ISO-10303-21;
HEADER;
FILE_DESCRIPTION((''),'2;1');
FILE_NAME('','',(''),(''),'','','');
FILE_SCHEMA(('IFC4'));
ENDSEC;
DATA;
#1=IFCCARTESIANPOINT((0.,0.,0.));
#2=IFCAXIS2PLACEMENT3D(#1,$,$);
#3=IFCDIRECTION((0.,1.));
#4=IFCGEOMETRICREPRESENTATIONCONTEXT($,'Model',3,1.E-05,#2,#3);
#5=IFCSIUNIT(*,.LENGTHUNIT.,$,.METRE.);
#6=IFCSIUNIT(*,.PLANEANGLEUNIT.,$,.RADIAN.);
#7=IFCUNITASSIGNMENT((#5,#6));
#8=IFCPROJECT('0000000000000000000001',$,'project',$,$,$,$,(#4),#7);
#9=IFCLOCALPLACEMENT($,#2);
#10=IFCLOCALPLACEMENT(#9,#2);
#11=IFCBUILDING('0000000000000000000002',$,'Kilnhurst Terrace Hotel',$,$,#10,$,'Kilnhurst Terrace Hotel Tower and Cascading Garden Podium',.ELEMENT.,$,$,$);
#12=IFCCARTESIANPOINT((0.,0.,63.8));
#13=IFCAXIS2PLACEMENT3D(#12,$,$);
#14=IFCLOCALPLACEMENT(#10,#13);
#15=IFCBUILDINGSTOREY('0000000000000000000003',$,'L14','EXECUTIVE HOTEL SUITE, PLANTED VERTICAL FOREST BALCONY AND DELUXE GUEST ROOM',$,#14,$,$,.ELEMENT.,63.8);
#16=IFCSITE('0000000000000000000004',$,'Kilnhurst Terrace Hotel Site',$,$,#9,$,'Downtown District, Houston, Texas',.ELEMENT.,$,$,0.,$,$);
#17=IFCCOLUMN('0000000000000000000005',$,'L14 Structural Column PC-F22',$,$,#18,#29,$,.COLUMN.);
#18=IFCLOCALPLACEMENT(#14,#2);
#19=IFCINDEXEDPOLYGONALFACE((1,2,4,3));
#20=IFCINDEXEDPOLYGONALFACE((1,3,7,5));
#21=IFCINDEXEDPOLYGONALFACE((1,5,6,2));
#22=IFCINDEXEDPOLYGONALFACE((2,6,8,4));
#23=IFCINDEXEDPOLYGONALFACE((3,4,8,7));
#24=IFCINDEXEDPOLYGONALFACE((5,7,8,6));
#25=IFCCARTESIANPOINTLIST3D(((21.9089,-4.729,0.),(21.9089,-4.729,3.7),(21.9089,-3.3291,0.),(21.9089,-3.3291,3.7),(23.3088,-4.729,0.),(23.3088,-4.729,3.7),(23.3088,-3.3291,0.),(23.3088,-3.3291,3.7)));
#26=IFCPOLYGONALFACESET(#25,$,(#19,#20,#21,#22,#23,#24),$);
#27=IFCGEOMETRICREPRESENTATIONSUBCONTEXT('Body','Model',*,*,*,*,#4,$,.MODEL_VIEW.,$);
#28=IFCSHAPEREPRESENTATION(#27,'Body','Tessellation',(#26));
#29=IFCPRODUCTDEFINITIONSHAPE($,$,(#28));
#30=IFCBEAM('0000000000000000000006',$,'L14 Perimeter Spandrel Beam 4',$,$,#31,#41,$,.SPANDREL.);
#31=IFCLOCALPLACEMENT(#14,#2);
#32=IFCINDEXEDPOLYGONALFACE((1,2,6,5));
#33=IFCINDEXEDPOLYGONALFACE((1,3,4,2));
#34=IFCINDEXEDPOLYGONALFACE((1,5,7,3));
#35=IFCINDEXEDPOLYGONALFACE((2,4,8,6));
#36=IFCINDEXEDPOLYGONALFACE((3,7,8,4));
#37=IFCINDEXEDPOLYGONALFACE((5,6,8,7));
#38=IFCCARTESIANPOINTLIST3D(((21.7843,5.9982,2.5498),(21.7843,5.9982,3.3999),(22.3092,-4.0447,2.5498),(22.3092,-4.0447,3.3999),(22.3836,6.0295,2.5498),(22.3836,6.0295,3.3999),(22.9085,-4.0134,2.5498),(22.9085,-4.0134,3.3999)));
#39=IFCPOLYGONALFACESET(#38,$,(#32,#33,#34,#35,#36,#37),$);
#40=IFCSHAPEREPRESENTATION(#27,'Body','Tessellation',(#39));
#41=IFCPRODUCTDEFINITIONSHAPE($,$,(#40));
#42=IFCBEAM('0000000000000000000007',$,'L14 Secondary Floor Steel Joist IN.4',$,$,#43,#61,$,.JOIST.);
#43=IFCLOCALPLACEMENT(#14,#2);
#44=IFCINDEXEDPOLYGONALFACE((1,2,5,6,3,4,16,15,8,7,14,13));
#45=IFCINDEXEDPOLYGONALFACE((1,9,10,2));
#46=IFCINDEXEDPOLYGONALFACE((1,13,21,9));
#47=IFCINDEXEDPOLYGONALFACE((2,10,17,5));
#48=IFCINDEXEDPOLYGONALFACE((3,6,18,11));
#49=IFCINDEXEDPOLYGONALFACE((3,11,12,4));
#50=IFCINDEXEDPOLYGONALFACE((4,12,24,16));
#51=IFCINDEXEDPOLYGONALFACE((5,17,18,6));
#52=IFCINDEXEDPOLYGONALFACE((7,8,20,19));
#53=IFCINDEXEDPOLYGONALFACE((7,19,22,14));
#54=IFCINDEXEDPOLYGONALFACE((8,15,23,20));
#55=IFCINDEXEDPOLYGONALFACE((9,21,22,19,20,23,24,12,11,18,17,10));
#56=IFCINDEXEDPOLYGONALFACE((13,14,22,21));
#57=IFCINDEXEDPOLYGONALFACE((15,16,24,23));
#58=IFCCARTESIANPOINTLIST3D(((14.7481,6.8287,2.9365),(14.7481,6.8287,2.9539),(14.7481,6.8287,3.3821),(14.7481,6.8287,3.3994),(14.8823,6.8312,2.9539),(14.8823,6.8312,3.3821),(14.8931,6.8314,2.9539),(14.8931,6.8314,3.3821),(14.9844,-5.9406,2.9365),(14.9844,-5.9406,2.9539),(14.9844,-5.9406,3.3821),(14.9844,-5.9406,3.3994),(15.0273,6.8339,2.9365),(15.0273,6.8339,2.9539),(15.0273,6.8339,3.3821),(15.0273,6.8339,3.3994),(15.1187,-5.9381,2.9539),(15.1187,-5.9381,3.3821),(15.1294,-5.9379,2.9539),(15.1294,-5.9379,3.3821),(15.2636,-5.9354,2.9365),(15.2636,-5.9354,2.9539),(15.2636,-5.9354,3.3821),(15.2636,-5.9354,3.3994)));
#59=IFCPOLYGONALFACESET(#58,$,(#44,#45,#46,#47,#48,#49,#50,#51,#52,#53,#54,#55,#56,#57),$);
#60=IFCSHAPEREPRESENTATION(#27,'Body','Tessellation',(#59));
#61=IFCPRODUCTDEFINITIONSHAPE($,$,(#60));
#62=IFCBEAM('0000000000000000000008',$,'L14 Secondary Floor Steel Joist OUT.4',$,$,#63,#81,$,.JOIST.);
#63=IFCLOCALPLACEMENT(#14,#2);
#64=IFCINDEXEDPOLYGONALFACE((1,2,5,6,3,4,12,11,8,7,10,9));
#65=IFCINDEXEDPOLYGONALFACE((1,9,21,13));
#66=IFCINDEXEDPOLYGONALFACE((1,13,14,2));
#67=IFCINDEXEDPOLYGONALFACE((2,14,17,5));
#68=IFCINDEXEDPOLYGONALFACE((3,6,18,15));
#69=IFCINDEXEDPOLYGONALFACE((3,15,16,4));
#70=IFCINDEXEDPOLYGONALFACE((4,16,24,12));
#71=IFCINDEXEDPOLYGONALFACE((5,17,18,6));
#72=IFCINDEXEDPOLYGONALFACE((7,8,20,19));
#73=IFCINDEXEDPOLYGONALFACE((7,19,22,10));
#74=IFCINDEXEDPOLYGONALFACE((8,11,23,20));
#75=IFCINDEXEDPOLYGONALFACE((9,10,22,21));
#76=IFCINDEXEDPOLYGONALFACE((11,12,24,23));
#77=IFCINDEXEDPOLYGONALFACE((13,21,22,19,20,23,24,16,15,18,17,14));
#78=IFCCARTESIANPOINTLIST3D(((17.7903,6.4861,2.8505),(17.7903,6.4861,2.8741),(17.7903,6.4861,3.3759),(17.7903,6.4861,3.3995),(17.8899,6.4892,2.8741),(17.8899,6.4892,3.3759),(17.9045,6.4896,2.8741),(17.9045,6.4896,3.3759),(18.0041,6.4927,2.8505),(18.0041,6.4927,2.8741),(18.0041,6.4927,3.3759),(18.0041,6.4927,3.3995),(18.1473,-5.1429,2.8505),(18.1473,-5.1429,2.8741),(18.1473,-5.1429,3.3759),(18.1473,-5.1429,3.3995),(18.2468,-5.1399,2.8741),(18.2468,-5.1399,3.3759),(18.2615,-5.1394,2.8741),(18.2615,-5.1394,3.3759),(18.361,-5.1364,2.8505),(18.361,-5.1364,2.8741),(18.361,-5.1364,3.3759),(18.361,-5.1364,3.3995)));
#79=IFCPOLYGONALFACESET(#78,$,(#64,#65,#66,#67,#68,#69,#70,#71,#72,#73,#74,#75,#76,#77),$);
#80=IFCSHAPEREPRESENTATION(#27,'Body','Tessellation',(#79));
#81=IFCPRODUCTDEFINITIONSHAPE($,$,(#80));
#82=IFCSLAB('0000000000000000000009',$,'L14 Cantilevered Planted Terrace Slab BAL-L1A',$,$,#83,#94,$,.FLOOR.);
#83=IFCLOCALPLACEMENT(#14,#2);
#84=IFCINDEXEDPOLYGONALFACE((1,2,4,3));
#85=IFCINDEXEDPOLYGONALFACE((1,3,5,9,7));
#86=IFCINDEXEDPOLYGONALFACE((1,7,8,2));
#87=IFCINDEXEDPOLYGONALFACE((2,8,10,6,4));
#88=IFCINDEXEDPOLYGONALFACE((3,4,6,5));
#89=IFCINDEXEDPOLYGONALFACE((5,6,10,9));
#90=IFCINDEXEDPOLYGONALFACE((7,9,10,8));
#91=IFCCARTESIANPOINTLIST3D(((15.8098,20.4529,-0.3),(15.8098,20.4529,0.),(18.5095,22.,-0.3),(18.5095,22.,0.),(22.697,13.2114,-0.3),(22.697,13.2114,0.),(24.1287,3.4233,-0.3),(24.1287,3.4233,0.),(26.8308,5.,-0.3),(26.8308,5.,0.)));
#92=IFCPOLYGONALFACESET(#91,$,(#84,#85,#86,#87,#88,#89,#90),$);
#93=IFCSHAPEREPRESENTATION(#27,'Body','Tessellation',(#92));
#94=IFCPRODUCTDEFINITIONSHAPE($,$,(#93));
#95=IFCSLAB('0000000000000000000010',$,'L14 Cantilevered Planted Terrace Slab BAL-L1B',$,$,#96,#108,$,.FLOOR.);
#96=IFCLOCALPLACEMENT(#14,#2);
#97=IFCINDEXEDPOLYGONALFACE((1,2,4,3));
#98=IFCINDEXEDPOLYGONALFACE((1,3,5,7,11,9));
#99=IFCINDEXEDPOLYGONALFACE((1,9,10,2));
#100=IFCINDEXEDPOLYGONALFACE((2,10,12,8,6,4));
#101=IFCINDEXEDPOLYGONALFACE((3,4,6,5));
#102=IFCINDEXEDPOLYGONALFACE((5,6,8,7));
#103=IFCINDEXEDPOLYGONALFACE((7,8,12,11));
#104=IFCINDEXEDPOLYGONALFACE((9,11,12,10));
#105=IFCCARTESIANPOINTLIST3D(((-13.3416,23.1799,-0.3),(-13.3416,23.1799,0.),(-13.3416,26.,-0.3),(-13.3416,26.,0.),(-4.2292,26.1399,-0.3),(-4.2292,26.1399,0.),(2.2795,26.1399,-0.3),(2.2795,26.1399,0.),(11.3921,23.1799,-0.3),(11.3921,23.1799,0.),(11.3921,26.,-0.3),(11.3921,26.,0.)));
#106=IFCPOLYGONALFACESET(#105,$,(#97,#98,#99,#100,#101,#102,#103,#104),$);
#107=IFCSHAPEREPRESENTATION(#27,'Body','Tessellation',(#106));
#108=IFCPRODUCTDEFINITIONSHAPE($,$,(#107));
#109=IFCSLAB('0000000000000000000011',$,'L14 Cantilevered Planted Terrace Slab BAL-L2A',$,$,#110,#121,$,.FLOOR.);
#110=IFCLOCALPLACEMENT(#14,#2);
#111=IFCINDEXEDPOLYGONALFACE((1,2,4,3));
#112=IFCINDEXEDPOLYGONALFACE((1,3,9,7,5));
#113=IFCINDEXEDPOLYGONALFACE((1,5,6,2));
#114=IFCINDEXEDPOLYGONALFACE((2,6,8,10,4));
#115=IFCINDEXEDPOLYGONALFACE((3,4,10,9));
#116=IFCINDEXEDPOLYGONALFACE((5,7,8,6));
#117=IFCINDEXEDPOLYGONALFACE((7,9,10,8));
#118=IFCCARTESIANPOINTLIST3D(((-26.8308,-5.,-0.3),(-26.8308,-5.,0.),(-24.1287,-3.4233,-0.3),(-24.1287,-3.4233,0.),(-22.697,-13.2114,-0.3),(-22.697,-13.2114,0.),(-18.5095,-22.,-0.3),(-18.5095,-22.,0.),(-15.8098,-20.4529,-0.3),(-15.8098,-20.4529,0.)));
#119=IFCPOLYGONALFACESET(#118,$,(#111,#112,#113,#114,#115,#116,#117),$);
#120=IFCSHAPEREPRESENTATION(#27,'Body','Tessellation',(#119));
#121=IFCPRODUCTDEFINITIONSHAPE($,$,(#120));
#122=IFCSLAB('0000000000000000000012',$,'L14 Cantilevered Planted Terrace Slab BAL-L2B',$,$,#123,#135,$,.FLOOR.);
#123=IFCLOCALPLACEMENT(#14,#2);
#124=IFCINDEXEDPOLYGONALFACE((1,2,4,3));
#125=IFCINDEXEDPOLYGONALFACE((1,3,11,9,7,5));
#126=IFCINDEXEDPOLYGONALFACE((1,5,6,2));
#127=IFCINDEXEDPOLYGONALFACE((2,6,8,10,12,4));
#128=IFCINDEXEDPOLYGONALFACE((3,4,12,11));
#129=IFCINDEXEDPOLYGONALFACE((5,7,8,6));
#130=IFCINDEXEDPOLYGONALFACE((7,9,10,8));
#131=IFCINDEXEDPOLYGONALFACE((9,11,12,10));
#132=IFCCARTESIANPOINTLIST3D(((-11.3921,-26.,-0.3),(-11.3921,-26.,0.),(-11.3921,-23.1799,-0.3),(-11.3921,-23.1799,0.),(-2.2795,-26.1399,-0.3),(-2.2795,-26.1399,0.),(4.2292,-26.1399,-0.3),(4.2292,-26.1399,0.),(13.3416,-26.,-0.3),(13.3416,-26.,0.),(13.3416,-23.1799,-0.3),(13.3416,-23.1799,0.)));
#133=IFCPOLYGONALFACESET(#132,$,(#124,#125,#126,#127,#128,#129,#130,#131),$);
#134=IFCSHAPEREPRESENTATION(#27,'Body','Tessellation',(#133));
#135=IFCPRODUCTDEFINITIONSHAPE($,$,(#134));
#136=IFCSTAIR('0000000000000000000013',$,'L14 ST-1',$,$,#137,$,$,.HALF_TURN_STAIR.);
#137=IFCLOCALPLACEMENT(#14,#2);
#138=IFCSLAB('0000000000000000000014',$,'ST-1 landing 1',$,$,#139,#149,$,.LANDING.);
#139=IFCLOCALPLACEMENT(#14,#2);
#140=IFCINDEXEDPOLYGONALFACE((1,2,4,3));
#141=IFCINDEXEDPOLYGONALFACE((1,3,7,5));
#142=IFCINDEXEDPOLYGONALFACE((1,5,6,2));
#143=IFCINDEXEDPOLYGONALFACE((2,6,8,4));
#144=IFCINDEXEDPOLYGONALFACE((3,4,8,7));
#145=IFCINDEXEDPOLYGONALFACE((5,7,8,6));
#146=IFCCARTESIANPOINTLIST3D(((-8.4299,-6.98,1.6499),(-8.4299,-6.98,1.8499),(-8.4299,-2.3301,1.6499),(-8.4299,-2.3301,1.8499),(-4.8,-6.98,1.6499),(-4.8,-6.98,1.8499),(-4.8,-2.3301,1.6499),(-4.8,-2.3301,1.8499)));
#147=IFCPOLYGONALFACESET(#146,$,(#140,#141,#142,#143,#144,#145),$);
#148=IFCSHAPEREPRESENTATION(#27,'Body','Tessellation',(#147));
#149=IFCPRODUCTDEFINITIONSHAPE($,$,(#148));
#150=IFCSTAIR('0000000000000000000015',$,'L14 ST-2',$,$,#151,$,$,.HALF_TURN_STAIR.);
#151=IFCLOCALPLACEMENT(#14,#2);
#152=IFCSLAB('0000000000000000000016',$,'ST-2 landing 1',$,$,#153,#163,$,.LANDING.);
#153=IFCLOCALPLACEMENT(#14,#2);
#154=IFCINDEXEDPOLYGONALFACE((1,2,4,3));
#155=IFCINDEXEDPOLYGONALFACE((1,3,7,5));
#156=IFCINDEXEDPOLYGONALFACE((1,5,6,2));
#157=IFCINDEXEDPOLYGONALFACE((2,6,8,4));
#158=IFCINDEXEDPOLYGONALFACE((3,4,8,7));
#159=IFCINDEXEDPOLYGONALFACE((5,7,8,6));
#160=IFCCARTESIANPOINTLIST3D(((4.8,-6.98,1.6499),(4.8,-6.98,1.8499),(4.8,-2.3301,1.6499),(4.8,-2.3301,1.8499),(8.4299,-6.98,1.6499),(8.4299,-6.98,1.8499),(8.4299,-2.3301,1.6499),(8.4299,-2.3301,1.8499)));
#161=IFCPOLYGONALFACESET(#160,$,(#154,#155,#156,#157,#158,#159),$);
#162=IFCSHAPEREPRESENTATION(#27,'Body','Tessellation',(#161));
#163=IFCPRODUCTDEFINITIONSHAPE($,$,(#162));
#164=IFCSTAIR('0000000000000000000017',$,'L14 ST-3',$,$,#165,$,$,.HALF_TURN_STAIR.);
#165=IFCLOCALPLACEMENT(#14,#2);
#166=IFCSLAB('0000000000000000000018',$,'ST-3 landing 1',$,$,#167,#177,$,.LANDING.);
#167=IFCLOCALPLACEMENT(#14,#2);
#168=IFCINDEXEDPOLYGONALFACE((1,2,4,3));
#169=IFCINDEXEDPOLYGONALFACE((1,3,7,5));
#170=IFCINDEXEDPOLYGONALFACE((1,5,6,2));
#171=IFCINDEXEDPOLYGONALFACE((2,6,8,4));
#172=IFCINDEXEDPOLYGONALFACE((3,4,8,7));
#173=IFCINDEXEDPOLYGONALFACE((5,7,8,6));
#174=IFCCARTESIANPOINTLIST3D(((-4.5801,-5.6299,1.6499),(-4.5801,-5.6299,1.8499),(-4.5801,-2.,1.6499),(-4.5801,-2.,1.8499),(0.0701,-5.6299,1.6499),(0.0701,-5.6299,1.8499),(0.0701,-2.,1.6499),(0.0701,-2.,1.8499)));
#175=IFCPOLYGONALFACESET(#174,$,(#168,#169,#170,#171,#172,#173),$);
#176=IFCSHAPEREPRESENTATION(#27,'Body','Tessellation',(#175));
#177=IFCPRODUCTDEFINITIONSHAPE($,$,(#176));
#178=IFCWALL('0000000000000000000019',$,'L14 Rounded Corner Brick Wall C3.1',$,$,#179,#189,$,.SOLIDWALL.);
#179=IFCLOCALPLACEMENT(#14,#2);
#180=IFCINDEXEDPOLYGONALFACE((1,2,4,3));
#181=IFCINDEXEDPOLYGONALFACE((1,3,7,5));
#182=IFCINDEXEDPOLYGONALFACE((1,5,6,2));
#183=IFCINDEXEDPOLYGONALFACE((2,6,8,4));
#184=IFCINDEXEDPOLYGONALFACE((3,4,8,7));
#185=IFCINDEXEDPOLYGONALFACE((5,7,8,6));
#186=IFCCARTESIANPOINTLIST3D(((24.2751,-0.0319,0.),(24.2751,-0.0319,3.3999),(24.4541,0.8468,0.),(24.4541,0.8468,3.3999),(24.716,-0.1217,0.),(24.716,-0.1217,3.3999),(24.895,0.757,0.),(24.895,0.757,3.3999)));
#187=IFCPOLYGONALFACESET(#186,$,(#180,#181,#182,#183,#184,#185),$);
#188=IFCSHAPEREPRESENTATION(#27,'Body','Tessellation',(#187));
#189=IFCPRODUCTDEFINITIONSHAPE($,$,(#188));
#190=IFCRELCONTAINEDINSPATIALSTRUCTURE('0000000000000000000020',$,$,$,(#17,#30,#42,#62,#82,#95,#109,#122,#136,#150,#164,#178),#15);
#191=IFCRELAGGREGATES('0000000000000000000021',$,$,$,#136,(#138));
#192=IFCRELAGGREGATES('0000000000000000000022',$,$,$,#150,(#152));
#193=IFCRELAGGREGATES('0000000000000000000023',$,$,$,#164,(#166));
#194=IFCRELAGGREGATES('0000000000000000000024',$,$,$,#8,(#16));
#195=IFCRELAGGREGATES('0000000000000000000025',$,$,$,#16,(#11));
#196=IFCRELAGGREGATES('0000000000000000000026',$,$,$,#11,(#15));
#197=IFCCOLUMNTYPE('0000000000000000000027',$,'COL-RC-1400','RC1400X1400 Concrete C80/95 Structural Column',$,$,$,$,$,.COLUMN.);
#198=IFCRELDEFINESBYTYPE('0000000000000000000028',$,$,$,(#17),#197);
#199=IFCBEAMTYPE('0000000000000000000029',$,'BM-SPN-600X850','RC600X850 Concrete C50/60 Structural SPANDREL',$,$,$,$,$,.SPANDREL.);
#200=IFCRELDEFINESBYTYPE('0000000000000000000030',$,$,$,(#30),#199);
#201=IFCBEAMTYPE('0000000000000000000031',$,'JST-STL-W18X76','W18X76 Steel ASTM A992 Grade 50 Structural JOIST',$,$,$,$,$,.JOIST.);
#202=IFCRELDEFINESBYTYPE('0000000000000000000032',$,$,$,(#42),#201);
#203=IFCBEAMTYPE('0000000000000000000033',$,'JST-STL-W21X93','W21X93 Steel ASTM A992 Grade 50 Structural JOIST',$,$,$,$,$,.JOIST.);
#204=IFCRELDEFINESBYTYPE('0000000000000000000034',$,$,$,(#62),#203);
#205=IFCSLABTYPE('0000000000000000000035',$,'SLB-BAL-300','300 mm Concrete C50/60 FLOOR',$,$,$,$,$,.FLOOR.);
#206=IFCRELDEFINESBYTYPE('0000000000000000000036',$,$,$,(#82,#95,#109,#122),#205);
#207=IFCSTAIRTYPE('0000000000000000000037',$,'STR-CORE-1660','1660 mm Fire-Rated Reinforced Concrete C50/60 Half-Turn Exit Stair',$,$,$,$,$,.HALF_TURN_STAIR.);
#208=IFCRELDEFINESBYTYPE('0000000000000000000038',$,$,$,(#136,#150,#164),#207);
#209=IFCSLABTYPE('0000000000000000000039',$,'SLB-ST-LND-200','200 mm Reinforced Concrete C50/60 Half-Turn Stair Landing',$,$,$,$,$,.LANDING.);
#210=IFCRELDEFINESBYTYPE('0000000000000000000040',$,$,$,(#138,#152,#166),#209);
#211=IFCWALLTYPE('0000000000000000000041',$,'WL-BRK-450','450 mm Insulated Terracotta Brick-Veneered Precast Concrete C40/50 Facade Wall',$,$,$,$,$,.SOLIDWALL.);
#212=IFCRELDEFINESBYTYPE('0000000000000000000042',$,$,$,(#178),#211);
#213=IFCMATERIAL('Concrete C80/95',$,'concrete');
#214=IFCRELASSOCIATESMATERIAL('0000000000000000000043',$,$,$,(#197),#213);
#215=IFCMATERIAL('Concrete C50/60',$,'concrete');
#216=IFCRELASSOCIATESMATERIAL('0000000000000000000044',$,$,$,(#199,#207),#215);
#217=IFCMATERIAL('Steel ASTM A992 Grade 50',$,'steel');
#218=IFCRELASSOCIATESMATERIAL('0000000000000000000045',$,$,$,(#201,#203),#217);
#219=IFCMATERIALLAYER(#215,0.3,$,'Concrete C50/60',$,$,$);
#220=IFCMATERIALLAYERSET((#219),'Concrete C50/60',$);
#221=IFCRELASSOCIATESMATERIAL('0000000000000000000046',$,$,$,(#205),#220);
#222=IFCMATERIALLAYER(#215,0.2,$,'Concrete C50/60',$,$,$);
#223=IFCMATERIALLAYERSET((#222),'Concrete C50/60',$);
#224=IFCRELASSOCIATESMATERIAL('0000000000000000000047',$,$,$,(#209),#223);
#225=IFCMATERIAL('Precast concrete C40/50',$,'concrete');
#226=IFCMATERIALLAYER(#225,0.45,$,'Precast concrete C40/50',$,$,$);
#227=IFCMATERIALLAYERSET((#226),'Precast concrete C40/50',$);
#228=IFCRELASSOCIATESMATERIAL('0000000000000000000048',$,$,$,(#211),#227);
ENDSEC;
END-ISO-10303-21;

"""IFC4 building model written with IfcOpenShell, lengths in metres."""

from ifc_helpers import new_model, si_unit, direction, frame, frame_2d, origin, origin_2d, place, context, subcontext, project, spatial, polyline, rectangle, i_section, outline, extrude, material, layer, layer_set, material_profile, profile_set, type_object, element, aggregate, save


model = new_model("IFC4")

# Units and contexts
model_context = context("Model", 3, precision=1e-05, world=origin(), true_north=direction((0.0, 1.0)))
body_context = subcontext(model_context, "Body", "Model", "MODEL_VIEW")
ifc_project = project(units=[si_unit("LENGTHUNIT", "METRE"), si_unit("PLANEANGLEUNIT", "RADIAN")], contexts=[model_context])

# Site, building, storey
site_placement = place(None, origin())
site = spatial("IfcSite", under=ifc_project, at=site_placement, Name="Kilnhurst Terrace Hotel Site", LongName="Downtown District, Houston, Texas", CompositionType="ELEMENT", RefElevation=0.0)
building_placement = place(site_placement, origin())
building = spatial("IfcBuilding", under=site, at=building_placement, Name="Kilnhurst Terrace Hotel", LongName="Kilnhurst Terrace Hotel Tower and Cascading Garden Podium", CompositionType="ELEMENT")
storey_placement = place(building_placement, frame((0.0, 0.0, 63.8)))
storey = spatial("IfcBuildingStorey", under=building, at=storey_placement, Name="L14", Description="EXECUTIVE HOTEL SUITE, PLANTED VERTICAL FOREST BALCONY AND DELUXE GUEST ROOM", CompositionType="ELEMENT", Elevation=63.8)

# Column
ifc_material_1 = material(Name="Concrete C80/95", Category="concrete")
ifc_material_profile_1 = material_profile(ifc_material_1, rectangle(XDim=1.3999, YDim=1.3999, at=origin_2d()), Name="RC1400X1400")
ifc_profile_set_1 = profile_set([ifc_material_profile_1], Name="Concrete C80/95")
column_type = type_object("IfcColumnType", Name="COL-RC-1400", Description="RC1400X1400 Concrete C80/95 Structural Column", PredefinedType="COLUMN", material=ifc_profile_set_1)
column_placement = place(storey_placement, frame((22.6089, -4.0291, 0.0), z_axis=(0.0, 0.0, 1.0), x_axis=(1.0, 0.0, 0.0)))
element("IfcColumn", 1, at=column_placement, inside=storey, type_object=column_type, Name="L14 Structural Column PC-F22", PredefinedType="COLUMN", context=body_context, shape_type="SweptSolid", body=[
    extrude(rectangle(XDim=1.3999, YDim=1.3999, at=origin_2d()), origin(), (0.0, 0.0, 1.0), 3.7),
])

# Beams
ifc_material_2 = material(Name="Concrete C50/60", Category="concrete")
ifc_material_profile_2 = material_profile(ifc_material_2, rectangle(XDim=0.6001, YDim=0.8501, at=origin_2d()), Name="RC600X850")
ifc_profile_set_2 = profile_set([ifc_material_profile_2], Name="Concrete C50/60")
beam_type_1 = type_object("IfcBeamType", Name="BM-SPN-600X850", Description="RC600X850 Concrete C50/60 Structural SPANDREL", PredefinedType="SPANDREL", material=ifc_profile_set_2)
beam_1_placement = place(storey_placement, frame((22.6089, -4.0291, 2.9749), z_axis=(-0.052194, 0.998637, 0.0), x_axis=(-0.998637, -0.052194, 0.0)))
element("IfcBeam", 2, at=beam_1_placement, inside=storey, type_object=beam_type_1, Name="L14 Perimeter Spandrel Beam 4", PredefinedType="SPANDREL", context=body_context, shape_type="SweptSolid", body=[
    extrude(rectangle(XDim=0.6001, YDim=0.8501, at=origin_2d()), origin(), (0.0, 0.0, 1.0), 10.0566),
])
ifc_material_3 = material(Name="Steel ASTM A992 Grade 50", Category="steel")
ifc_material_profile_3 = material_profile(ifc_material_3, i_section(OverallWidth=0.2793, OverallDepth=0.4629, WebThickness=0.0107, FlangeThickness=0.0173, at=origin_2d()), Name="W18X76")
ifc_profile_set_3 = profile_set([ifc_material_profile_3], Name="Steel ASTM A992 Grade 50")
beam_type_2 = type_object("IfcBeamType", Name="JST-STL-W18X76", Description="W18X76 Steel ASTM A992 Grade 50 Structural JOIST", PredefinedType="JOIST", material=ifc_profile_set_3)
beam_2_placement = place(storey_placement, frame((15.124, -5.938, 3.168), z_axis=(-0.018504, 0.999829, 0.0), x_axis=(-0.999829, -0.018504, 0.0)))
element("IfcBeam", 3, at=beam_2_placement, inside=storey, type_object=beam_type_2, Name="L14 Secondary Floor Steel Joist IN.4", PredefinedType="JOIST", context=body_context, shape_type="SweptSolid", body=[
    extrude(i_section(OverallWidth=0.2793, OverallDepth=0.4629, WebThickness=0.0107, FlangeThickness=0.0173, at=origin_2d()), origin(), (0.0, 0.0, 1.0), 12.7715),
])
ifc_material_profile_4 = material_profile(ifc_material_3, i_section(OverallWidth=0.2139, OverallDepth=0.5491, WebThickness=0.0146, FlangeThickness=0.0237, at=origin_2d()), Name="W21X93")
ifc_profile_set_4 = profile_set([ifc_material_profile_4], Name="Steel ASTM A992 Grade 50")
beam_type_3 = type_object("IfcBeamType", Name="JST-STL-W21X93", Description="W21X93 Steel ASTM A992 Grade 50 Structural JOIST", PredefinedType="JOIST", material=ifc_profile_set_4)
beam_3_placement = place(storey_placement, frame((18.2542, -5.1396, 3.125), z_axis=(-0.030679, 0.999529, 0.0), x_axis=(-0.999529, -0.030679, 0.0)))
element("IfcBeam", 4, at=beam_3_placement, inside=storey, type_object=beam_type_3, Name="L14 Secondary Floor Steel Joist OUT.4", PredefinedType="JOIST", context=body_context, shape_type="SweptSolid", body=[
    extrude(i_section(OverallWidth=0.2139, OverallDepth=0.5491, WebThickness=0.0146, FlangeThickness=0.0237, at=origin_2d()), origin(), (0.0, 0.0, 1.0), 11.6345),
])

# Slabs
ifc_layer_1 = layer(ifc_material_2, 0.3, Name="Concrete C50/60")
ifc_layer_set_1 = layer_set([ifc_layer_1], Name="Concrete C50/60")
slab_type_1 = type_object("IfcSlabType", Name="SLB-BAL-300", Description="300 mm Concrete C50/60 FLOOR", PredefinedType="FLOOR", material=ifc_layer_set_1)
slab_1_placement = place(storey_placement, frame((0.0, 0.0, -0.3)))
element("IfcSlab", 5, at=slab_1_placement, inside=storey, type_object=slab_type_1, Name="L14 Cantilevered Planted Terrace Slab BAL-L1A", PredefinedType="FLOOR", context=body_context, shape_type="SweptSolid", body=[
    extrude(outline(polyline([(22.697, 13.2114), (26.8308, 5.0), (24.1287, 3.4233), (15.8098, 20.4529), (18.5095, 22.0), (22.697, 13.2114)])), origin(), (0.0, 0.0, 1.0), 0.3),
])
slab_2_placement = place(storey_placement, frame((0.0, 0.0, -0.3)))
element("IfcSlab", 6, at=slab_2_placement, inside=storey, type_object=slab_type_1, Name="L14 Cantilevered Planted Terrace Slab BAL-L1B", PredefinedType="FLOOR", context=body_context, shape_type="SweptSolid", body=[
    extrude(outline(polyline([(2.2795, 26.1399), (11.3921, 26.0), (11.3921, 23.1799), (-13.3416, 23.1799), (-13.3416, 26.0), (-4.2292, 26.1399), (2.2795, 26.1399)])), origin(), (0.0, 0.0, 1.0), 0.3),
])
slab_3_placement = place(storey_placement, frame((0.0, 0.0, -0.3)))
element("IfcSlab", 7, at=slab_3_placement, inside=storey, type_object=slab_type_1, Name="L14 Cantilevered Planted Terrace Slab BAL-L2A", PredefinedType="FLOOR", context=body_context, shape_type="SweptSolid", body=[
    extrude(outline(polyline([(-26.8308, -5.0), (-24.1287, -3.4233), (-15.8098, -20.4529), (-18.5095, -22.0), (-22.697, -13.2114), (-26.8308, -5.0)])), origin(), (0.0, 0.0, 1.0), 0.3),
])
slab_4_placement = place(storey_placement, frame((0.0, 0.0, -0.3)))
element("IfcSlab", 8, at=slab_4_placement, inside=storey, type_object=slab_type_1, Name="L14 Cantilevered Planted Terrace Slab BAL-L2B", PredefinedType="FLOOR", context=body_context, shape_type="SweptSolid", body=[
    extrude(outline(polyline([(-2.2795, -26.1399), (-11.3921, -26.0), (-11.3921, -23.1799), (13.3416, -23.1799), (13.3416, -26.0), (4.2292, -26.1399), (-2.2795, -26.1399)])), origin(), (0.0, 0.0, 1.0), 0.3),
])

# Stairs, slabs
stair_type = type_object("IfcStairType", Name="STR-CORE-1660", Description="1660 mm Fire-Rated Reinforced Concrete C50/60 Half-Turn Exit Stair", PredefinedType="HALF_TURN_STAIR", material=ifc_material_2)
stair_1_placement = place(storey_placement, origin())
stair_1 = element("IfcStair", 9, at=stair_1_placement, inside=storey, type_object=stair_type, Name="L14 ST-1", PredefinedType="HALF_TURN_STAIR")
ifc_layer_2 = layer(ifc_material_2, 0.2, Name="Concrete C50/60")
ifc_layer_set_2 = layer_set([ifc_layer_2], Name="Concrete C50/60")
slab_type_2 = type_object("IfcSlabType", Name="SLB-ST-LND-200", Description="200 mm Reinforced Concrete C50/60 Half-Turn Stair Landing", PredefinedType="LANDING", material=ifc_layer_set_2)
slab_5_placement = place(storey_placement, frame((0.0, 0.0, 1.6499)))
slab_5 = element("IfcSlab", 10, at=slab_5_placement, type_object=slab_type_2, Name="ST-1 landing 1", PredefinedType="LANDING", context=body_context, shape_type="SweptSolid", body=[
    extrude(outline(polyline([(-8.4299, -2.3301), (-4.8, -2.3301), (-4.8, -6.98), (-8.4299, -6.98), (-8.4299, -2.3301)])), origin(), (0.0, 0.0, 1.0), 0.2),
])
aggregate(stair_1, [slab_5])
stair_2_placement = place(storey_placement, origin())
stair_2 = element("IfcStair", 11, at=stair_2_placement, inside=storey, type_object=stair_type, Name="L14 ST-2", PredefinedType="HALF_TURN_STAIR")
slab_6_placement = place(storey_placement, frame((0.0, 0.0, 1.6499)))
slab_6 = element("IfcSlab", 12, at=slab_6_placement, type_object=slab_type_2, Name="ST-2 landing 1", PredefinedType="LANDING", context=body_context, shape_type="SweptSolid", body=[
    extrude(outline(polyline([(4.8, -2.3301), (8.4299, -2.3301), (8.4299, -6.98), (4.8, -6.98), (4.8, -2.3301)])), origin(), (0.0, 0.0, 1.0), 0.2),
])
stair_3_placement = place(storey_placement, origin())
stair_3 = element("IfcStair", 13, at=stair_3_placement, inside=storey, type_object=stair_type, Name="L14 ST-3", PredefinedType="HALF_TURN_STAIR")
slab_7_placement = place(storey_placement, frame((0.0, 0.0, 1.6499)))
slab_7 = element("IfcSlab", 14, at=slab_7_placement, type_object=slab_type_2, Name="ST-3 landing 1", PredefinedType="LANDING", context=body_context, shape_type="SweptSolid", body=[
    extrude(outline(polyline([(0.0701, -2.0), (0.0701, -5.6299), (-4.5801, -5.6299), (-4.5801, -2.0), (0.0701, -2.0)])), origin(), (0.0, 0.0, 1.0), 0.2),
])

# Wall
ifc_material_4 = material(Name="Precast concrete C40/50", Category="concrete")
ifc_layer_3 = layer(ifc_material_4, 0.45, Name="Precast concrete C40/50")
ifc_layer_set_3 = layer_set([ifc_layer_3], Name="Precast concrete C40/50")
wall_type_1 = type_object("IfcWallType", Name="WL-BRK-450", Description="450 mm Insulated Terracotta Brick-Veneered Precast Concrete C40/50 Facade Wall", PredefinedType="SOLIDWALL", material=ifc_layer_set_3)
wall_1_placement = place(storey_placement, frame((24.4956, -0.0767, 0.0), z_axis=(0.0, 0.0, 1.0), x_axis=(0.199571, 0.979883, 0.0)))
element("IfcWall", 15, at=wall_1_placement, inside=storey, type_object=wall_type_1, Name="L14 Rounded Corner Brick Wall C3.1", PredefinedType="SOLIDWALL", context=body_context, shape_type="SweptSolid", body=[
    extrude(rectangle(XDim=0.8967, YDim=0.45, at=frame_2d((0.4482, 0.0))), origin(), (0.0, 0.0, 1.0), 3.3999),
])

aggregate(stair_2, [slab_6])
aggregate(stair_3, [slab_7])

save(model, "model.ifc")
